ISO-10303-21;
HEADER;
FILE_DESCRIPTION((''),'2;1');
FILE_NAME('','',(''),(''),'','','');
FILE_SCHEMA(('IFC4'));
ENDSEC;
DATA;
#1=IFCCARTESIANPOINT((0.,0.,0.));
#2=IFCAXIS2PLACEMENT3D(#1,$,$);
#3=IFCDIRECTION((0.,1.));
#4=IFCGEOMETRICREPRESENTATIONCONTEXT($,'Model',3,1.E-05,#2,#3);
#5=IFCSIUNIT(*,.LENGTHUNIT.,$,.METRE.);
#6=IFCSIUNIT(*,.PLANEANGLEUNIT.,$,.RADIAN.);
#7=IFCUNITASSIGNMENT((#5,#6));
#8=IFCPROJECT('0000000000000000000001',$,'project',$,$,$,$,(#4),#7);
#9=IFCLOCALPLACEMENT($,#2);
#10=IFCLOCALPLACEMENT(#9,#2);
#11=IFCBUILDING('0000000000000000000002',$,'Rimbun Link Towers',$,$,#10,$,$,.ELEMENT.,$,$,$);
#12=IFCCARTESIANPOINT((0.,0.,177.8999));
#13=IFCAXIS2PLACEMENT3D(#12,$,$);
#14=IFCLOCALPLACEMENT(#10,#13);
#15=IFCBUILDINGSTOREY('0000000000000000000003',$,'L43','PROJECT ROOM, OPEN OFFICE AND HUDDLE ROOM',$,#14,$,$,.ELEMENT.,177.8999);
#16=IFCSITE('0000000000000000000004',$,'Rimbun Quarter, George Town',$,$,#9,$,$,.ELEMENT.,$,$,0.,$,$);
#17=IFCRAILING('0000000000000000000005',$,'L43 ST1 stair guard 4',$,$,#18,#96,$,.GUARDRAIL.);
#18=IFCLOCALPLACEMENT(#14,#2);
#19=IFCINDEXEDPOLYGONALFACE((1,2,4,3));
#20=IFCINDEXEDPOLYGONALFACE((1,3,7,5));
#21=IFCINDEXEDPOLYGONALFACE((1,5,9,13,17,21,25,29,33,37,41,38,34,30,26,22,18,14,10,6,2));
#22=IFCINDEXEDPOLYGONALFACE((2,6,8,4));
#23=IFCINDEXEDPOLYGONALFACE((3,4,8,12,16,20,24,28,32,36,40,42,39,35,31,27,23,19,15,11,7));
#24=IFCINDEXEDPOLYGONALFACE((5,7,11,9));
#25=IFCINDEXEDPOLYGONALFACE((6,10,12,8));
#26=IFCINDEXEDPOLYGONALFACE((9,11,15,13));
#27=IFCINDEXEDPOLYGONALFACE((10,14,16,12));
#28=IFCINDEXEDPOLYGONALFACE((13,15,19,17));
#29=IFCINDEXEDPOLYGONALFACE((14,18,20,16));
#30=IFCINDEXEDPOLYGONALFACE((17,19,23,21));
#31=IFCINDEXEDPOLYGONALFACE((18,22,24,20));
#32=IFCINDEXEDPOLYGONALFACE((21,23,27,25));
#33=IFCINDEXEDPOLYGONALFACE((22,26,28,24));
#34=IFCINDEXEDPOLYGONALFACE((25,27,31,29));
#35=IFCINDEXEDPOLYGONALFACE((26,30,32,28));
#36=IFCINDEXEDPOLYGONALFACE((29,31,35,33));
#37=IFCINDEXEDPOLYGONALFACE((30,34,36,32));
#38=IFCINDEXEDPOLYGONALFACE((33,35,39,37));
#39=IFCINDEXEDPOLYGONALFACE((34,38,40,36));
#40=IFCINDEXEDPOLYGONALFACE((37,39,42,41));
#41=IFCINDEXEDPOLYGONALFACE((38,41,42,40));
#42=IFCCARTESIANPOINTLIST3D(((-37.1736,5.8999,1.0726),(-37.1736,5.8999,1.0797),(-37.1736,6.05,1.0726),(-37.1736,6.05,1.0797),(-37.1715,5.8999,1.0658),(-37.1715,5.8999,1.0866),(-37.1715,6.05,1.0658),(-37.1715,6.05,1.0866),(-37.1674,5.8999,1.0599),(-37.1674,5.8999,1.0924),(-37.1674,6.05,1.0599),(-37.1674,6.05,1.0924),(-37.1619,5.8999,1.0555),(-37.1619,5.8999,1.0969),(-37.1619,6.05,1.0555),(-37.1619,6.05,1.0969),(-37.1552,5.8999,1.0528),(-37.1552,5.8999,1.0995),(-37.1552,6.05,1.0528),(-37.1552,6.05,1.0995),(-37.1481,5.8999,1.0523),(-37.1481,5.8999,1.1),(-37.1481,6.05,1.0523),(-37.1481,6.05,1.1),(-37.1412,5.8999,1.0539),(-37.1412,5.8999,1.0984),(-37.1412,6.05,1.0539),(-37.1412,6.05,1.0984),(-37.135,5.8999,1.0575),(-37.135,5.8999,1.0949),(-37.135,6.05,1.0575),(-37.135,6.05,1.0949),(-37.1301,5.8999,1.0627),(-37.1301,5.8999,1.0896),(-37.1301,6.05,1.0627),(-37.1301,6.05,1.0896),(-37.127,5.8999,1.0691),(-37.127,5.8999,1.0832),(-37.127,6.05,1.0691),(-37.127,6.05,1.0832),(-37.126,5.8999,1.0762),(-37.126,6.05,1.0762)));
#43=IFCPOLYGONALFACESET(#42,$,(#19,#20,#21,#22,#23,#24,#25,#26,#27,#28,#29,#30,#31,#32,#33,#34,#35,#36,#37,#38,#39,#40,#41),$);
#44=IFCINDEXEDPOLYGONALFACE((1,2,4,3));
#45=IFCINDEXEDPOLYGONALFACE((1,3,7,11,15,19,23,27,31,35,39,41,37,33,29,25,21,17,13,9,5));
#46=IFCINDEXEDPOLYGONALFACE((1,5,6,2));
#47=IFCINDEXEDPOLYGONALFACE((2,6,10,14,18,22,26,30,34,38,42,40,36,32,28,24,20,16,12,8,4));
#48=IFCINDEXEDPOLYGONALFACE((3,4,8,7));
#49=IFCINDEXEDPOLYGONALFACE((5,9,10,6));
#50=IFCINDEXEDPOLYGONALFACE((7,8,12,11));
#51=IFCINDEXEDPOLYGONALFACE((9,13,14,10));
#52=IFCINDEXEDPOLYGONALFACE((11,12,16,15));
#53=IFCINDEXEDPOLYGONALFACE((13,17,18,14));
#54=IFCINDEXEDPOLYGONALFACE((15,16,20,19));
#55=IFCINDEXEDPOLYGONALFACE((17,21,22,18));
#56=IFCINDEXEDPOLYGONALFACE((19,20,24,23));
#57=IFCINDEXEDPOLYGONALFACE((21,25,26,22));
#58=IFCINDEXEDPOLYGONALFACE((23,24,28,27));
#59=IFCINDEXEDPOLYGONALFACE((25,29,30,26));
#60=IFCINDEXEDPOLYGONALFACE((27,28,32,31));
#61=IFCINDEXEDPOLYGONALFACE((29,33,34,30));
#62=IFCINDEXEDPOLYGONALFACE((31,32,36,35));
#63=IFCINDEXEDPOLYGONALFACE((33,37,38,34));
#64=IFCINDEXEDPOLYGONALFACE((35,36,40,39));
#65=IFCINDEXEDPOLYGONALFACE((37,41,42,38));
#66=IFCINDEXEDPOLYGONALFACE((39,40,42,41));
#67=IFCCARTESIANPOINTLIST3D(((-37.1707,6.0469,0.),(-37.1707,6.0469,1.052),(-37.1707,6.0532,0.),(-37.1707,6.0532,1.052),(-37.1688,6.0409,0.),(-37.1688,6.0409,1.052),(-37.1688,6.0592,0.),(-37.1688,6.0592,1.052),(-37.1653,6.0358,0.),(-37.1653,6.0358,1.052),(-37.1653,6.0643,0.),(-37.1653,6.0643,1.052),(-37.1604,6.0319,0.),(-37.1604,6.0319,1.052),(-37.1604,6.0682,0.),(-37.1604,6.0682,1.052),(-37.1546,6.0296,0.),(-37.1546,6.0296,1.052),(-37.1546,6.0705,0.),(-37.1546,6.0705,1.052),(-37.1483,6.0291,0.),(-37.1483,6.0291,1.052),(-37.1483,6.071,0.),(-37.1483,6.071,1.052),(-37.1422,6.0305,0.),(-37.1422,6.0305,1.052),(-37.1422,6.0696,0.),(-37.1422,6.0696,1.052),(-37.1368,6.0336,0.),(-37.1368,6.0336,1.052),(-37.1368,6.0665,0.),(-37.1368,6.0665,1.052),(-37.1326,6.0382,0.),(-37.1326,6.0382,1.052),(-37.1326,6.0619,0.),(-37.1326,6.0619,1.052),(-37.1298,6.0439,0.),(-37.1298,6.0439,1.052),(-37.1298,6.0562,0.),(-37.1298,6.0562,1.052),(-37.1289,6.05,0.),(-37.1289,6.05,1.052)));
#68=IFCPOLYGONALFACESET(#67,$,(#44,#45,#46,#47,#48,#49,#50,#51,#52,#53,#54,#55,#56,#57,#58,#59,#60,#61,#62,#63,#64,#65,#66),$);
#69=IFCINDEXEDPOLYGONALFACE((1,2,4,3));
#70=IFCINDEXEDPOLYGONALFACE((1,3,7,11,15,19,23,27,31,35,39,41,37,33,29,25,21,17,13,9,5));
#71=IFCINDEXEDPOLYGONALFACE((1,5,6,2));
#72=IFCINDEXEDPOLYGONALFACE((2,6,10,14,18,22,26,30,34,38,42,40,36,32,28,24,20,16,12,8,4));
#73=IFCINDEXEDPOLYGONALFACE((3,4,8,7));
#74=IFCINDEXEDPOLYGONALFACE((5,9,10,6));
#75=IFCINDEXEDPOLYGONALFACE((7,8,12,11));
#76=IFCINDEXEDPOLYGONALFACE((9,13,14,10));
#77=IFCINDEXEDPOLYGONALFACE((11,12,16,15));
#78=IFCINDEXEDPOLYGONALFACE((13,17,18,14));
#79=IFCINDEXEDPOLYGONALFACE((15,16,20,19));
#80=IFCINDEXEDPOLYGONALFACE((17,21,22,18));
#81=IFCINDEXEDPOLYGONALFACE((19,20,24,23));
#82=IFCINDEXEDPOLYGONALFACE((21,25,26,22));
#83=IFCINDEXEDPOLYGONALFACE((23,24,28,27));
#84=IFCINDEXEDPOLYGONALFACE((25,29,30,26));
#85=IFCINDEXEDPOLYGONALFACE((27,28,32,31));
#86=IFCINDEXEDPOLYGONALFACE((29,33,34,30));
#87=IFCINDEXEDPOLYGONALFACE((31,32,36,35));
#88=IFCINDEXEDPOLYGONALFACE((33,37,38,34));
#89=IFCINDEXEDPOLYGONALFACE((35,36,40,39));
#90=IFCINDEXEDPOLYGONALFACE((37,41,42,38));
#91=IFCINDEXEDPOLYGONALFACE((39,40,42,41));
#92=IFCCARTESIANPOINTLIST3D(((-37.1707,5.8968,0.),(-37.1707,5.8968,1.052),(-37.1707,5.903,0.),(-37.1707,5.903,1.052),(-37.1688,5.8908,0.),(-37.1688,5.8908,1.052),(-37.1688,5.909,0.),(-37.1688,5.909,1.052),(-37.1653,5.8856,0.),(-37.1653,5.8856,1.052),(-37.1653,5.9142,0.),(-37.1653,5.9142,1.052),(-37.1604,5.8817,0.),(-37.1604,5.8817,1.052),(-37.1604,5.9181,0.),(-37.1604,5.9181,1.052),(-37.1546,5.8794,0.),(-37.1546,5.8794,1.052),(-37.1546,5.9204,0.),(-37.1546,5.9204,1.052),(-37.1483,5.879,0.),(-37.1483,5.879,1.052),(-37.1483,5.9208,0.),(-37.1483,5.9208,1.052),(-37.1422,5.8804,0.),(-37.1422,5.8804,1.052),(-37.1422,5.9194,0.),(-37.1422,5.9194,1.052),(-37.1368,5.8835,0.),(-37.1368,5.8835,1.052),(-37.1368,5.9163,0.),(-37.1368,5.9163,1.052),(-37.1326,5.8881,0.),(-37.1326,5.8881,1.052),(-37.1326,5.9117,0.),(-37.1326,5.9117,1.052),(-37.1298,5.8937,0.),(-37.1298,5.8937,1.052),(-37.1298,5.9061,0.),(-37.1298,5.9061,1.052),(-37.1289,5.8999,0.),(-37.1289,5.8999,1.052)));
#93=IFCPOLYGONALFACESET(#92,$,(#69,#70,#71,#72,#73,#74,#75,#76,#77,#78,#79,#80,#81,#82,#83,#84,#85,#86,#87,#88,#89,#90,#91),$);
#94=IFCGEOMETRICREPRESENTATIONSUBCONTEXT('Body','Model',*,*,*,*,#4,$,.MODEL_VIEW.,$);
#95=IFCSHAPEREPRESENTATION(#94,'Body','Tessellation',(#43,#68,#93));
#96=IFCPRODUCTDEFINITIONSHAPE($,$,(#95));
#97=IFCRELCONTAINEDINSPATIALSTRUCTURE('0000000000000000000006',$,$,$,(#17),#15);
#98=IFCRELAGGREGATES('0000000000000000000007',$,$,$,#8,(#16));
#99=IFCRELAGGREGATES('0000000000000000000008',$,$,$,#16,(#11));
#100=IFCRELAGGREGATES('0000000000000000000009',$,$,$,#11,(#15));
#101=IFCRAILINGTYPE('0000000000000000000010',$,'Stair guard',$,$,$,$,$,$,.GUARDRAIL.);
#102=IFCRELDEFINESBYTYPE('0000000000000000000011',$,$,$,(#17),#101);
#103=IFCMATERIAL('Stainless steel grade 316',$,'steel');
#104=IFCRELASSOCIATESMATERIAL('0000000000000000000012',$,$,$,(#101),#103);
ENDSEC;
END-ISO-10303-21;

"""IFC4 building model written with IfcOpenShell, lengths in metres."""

from ifc_helpers import new_model, si_unit, direction, frame, origin, origin_2d, place, context, subcontext, project, spatial, circle, extrude, material, type_object, element, save


model = new_model("IFC4")

# Units and contexts
model_context = context("Model", 3, precision=1e-05, world=origin(), true_north=direction((0.0, 1.0)))
body_context = subcontext(model_context, "Body", "Model", "MODEL_VIEW")
ifc_project = project(units=[si_unit("LENGTHUNIT", "METRE"), si_unit("PLANEANGLEUNIT", "RADIAN")], contexts=[model_context])

# Site, building, storey
site_placement = place(None, origin())
site = spatial("IfcSite", under=ifc_project, at=site_placement, Name="Rimbun Quarter, George Town", CompositionType="ELEMENT", RefElevation=0.0)
building_placement = place(site_placement, origin())
building = spatial("IfcBuilding", under=site, at=building_placement, Name="Rimbun Link Towers", CompositionType="ELEMENT")
storey_placement = place(building_placement, frame((0.0, 0.0, 177.8999)))
storey = spatial("IfcBuildingStorey", under=building, at=storey_placement, Name="L43", Description="PROJECT ROOM, OPEN OFFICE AND HUDDLE ROOM", CompositionType="ELEMENT", Elevation=177.8999)

# Railing
ifc_material_1 = material(Name="Stainless steel grade 316", Category="steel")
railing_type_1 = type_object("IfcRailingType", Name="Stair guard", PredefinedType="GUARDRAIL", material=ifc_material_1)
railing_1_placement = place(storey_placement, frame((-37.1499, 6.05, 0.0)))
element("IfcRailing", 1, at=railing_1_placement, inside=storey, type_object=railing_type_1, Name="L43 ST1 stair guard 4", PredefinedType="GUARDRAIL", context=body_context, shape_type="SweptSolid", body=[
    extrude(circle(Radius=0.0239, at=origin_2d()), frame((0.0, 0.0, 1.0762), z_axis=(0.0, -1.0, 0.0), x_axis=(1.0, 0.0, 0.0)), (0.0, 0.0, 1.0), 0.1501),
    extrude(circle(Radius=0.021, at=origin_2d()), origin(), (0.0, 0.0, 1.0), 1.052),
    extrude(circle(Radius=0.021, at=origin_2d()), frame((0.0, -0.1501, 0.0)), (0.0, 0.0, 1.0), 1.052),
])

save(model, "model.ifc")
